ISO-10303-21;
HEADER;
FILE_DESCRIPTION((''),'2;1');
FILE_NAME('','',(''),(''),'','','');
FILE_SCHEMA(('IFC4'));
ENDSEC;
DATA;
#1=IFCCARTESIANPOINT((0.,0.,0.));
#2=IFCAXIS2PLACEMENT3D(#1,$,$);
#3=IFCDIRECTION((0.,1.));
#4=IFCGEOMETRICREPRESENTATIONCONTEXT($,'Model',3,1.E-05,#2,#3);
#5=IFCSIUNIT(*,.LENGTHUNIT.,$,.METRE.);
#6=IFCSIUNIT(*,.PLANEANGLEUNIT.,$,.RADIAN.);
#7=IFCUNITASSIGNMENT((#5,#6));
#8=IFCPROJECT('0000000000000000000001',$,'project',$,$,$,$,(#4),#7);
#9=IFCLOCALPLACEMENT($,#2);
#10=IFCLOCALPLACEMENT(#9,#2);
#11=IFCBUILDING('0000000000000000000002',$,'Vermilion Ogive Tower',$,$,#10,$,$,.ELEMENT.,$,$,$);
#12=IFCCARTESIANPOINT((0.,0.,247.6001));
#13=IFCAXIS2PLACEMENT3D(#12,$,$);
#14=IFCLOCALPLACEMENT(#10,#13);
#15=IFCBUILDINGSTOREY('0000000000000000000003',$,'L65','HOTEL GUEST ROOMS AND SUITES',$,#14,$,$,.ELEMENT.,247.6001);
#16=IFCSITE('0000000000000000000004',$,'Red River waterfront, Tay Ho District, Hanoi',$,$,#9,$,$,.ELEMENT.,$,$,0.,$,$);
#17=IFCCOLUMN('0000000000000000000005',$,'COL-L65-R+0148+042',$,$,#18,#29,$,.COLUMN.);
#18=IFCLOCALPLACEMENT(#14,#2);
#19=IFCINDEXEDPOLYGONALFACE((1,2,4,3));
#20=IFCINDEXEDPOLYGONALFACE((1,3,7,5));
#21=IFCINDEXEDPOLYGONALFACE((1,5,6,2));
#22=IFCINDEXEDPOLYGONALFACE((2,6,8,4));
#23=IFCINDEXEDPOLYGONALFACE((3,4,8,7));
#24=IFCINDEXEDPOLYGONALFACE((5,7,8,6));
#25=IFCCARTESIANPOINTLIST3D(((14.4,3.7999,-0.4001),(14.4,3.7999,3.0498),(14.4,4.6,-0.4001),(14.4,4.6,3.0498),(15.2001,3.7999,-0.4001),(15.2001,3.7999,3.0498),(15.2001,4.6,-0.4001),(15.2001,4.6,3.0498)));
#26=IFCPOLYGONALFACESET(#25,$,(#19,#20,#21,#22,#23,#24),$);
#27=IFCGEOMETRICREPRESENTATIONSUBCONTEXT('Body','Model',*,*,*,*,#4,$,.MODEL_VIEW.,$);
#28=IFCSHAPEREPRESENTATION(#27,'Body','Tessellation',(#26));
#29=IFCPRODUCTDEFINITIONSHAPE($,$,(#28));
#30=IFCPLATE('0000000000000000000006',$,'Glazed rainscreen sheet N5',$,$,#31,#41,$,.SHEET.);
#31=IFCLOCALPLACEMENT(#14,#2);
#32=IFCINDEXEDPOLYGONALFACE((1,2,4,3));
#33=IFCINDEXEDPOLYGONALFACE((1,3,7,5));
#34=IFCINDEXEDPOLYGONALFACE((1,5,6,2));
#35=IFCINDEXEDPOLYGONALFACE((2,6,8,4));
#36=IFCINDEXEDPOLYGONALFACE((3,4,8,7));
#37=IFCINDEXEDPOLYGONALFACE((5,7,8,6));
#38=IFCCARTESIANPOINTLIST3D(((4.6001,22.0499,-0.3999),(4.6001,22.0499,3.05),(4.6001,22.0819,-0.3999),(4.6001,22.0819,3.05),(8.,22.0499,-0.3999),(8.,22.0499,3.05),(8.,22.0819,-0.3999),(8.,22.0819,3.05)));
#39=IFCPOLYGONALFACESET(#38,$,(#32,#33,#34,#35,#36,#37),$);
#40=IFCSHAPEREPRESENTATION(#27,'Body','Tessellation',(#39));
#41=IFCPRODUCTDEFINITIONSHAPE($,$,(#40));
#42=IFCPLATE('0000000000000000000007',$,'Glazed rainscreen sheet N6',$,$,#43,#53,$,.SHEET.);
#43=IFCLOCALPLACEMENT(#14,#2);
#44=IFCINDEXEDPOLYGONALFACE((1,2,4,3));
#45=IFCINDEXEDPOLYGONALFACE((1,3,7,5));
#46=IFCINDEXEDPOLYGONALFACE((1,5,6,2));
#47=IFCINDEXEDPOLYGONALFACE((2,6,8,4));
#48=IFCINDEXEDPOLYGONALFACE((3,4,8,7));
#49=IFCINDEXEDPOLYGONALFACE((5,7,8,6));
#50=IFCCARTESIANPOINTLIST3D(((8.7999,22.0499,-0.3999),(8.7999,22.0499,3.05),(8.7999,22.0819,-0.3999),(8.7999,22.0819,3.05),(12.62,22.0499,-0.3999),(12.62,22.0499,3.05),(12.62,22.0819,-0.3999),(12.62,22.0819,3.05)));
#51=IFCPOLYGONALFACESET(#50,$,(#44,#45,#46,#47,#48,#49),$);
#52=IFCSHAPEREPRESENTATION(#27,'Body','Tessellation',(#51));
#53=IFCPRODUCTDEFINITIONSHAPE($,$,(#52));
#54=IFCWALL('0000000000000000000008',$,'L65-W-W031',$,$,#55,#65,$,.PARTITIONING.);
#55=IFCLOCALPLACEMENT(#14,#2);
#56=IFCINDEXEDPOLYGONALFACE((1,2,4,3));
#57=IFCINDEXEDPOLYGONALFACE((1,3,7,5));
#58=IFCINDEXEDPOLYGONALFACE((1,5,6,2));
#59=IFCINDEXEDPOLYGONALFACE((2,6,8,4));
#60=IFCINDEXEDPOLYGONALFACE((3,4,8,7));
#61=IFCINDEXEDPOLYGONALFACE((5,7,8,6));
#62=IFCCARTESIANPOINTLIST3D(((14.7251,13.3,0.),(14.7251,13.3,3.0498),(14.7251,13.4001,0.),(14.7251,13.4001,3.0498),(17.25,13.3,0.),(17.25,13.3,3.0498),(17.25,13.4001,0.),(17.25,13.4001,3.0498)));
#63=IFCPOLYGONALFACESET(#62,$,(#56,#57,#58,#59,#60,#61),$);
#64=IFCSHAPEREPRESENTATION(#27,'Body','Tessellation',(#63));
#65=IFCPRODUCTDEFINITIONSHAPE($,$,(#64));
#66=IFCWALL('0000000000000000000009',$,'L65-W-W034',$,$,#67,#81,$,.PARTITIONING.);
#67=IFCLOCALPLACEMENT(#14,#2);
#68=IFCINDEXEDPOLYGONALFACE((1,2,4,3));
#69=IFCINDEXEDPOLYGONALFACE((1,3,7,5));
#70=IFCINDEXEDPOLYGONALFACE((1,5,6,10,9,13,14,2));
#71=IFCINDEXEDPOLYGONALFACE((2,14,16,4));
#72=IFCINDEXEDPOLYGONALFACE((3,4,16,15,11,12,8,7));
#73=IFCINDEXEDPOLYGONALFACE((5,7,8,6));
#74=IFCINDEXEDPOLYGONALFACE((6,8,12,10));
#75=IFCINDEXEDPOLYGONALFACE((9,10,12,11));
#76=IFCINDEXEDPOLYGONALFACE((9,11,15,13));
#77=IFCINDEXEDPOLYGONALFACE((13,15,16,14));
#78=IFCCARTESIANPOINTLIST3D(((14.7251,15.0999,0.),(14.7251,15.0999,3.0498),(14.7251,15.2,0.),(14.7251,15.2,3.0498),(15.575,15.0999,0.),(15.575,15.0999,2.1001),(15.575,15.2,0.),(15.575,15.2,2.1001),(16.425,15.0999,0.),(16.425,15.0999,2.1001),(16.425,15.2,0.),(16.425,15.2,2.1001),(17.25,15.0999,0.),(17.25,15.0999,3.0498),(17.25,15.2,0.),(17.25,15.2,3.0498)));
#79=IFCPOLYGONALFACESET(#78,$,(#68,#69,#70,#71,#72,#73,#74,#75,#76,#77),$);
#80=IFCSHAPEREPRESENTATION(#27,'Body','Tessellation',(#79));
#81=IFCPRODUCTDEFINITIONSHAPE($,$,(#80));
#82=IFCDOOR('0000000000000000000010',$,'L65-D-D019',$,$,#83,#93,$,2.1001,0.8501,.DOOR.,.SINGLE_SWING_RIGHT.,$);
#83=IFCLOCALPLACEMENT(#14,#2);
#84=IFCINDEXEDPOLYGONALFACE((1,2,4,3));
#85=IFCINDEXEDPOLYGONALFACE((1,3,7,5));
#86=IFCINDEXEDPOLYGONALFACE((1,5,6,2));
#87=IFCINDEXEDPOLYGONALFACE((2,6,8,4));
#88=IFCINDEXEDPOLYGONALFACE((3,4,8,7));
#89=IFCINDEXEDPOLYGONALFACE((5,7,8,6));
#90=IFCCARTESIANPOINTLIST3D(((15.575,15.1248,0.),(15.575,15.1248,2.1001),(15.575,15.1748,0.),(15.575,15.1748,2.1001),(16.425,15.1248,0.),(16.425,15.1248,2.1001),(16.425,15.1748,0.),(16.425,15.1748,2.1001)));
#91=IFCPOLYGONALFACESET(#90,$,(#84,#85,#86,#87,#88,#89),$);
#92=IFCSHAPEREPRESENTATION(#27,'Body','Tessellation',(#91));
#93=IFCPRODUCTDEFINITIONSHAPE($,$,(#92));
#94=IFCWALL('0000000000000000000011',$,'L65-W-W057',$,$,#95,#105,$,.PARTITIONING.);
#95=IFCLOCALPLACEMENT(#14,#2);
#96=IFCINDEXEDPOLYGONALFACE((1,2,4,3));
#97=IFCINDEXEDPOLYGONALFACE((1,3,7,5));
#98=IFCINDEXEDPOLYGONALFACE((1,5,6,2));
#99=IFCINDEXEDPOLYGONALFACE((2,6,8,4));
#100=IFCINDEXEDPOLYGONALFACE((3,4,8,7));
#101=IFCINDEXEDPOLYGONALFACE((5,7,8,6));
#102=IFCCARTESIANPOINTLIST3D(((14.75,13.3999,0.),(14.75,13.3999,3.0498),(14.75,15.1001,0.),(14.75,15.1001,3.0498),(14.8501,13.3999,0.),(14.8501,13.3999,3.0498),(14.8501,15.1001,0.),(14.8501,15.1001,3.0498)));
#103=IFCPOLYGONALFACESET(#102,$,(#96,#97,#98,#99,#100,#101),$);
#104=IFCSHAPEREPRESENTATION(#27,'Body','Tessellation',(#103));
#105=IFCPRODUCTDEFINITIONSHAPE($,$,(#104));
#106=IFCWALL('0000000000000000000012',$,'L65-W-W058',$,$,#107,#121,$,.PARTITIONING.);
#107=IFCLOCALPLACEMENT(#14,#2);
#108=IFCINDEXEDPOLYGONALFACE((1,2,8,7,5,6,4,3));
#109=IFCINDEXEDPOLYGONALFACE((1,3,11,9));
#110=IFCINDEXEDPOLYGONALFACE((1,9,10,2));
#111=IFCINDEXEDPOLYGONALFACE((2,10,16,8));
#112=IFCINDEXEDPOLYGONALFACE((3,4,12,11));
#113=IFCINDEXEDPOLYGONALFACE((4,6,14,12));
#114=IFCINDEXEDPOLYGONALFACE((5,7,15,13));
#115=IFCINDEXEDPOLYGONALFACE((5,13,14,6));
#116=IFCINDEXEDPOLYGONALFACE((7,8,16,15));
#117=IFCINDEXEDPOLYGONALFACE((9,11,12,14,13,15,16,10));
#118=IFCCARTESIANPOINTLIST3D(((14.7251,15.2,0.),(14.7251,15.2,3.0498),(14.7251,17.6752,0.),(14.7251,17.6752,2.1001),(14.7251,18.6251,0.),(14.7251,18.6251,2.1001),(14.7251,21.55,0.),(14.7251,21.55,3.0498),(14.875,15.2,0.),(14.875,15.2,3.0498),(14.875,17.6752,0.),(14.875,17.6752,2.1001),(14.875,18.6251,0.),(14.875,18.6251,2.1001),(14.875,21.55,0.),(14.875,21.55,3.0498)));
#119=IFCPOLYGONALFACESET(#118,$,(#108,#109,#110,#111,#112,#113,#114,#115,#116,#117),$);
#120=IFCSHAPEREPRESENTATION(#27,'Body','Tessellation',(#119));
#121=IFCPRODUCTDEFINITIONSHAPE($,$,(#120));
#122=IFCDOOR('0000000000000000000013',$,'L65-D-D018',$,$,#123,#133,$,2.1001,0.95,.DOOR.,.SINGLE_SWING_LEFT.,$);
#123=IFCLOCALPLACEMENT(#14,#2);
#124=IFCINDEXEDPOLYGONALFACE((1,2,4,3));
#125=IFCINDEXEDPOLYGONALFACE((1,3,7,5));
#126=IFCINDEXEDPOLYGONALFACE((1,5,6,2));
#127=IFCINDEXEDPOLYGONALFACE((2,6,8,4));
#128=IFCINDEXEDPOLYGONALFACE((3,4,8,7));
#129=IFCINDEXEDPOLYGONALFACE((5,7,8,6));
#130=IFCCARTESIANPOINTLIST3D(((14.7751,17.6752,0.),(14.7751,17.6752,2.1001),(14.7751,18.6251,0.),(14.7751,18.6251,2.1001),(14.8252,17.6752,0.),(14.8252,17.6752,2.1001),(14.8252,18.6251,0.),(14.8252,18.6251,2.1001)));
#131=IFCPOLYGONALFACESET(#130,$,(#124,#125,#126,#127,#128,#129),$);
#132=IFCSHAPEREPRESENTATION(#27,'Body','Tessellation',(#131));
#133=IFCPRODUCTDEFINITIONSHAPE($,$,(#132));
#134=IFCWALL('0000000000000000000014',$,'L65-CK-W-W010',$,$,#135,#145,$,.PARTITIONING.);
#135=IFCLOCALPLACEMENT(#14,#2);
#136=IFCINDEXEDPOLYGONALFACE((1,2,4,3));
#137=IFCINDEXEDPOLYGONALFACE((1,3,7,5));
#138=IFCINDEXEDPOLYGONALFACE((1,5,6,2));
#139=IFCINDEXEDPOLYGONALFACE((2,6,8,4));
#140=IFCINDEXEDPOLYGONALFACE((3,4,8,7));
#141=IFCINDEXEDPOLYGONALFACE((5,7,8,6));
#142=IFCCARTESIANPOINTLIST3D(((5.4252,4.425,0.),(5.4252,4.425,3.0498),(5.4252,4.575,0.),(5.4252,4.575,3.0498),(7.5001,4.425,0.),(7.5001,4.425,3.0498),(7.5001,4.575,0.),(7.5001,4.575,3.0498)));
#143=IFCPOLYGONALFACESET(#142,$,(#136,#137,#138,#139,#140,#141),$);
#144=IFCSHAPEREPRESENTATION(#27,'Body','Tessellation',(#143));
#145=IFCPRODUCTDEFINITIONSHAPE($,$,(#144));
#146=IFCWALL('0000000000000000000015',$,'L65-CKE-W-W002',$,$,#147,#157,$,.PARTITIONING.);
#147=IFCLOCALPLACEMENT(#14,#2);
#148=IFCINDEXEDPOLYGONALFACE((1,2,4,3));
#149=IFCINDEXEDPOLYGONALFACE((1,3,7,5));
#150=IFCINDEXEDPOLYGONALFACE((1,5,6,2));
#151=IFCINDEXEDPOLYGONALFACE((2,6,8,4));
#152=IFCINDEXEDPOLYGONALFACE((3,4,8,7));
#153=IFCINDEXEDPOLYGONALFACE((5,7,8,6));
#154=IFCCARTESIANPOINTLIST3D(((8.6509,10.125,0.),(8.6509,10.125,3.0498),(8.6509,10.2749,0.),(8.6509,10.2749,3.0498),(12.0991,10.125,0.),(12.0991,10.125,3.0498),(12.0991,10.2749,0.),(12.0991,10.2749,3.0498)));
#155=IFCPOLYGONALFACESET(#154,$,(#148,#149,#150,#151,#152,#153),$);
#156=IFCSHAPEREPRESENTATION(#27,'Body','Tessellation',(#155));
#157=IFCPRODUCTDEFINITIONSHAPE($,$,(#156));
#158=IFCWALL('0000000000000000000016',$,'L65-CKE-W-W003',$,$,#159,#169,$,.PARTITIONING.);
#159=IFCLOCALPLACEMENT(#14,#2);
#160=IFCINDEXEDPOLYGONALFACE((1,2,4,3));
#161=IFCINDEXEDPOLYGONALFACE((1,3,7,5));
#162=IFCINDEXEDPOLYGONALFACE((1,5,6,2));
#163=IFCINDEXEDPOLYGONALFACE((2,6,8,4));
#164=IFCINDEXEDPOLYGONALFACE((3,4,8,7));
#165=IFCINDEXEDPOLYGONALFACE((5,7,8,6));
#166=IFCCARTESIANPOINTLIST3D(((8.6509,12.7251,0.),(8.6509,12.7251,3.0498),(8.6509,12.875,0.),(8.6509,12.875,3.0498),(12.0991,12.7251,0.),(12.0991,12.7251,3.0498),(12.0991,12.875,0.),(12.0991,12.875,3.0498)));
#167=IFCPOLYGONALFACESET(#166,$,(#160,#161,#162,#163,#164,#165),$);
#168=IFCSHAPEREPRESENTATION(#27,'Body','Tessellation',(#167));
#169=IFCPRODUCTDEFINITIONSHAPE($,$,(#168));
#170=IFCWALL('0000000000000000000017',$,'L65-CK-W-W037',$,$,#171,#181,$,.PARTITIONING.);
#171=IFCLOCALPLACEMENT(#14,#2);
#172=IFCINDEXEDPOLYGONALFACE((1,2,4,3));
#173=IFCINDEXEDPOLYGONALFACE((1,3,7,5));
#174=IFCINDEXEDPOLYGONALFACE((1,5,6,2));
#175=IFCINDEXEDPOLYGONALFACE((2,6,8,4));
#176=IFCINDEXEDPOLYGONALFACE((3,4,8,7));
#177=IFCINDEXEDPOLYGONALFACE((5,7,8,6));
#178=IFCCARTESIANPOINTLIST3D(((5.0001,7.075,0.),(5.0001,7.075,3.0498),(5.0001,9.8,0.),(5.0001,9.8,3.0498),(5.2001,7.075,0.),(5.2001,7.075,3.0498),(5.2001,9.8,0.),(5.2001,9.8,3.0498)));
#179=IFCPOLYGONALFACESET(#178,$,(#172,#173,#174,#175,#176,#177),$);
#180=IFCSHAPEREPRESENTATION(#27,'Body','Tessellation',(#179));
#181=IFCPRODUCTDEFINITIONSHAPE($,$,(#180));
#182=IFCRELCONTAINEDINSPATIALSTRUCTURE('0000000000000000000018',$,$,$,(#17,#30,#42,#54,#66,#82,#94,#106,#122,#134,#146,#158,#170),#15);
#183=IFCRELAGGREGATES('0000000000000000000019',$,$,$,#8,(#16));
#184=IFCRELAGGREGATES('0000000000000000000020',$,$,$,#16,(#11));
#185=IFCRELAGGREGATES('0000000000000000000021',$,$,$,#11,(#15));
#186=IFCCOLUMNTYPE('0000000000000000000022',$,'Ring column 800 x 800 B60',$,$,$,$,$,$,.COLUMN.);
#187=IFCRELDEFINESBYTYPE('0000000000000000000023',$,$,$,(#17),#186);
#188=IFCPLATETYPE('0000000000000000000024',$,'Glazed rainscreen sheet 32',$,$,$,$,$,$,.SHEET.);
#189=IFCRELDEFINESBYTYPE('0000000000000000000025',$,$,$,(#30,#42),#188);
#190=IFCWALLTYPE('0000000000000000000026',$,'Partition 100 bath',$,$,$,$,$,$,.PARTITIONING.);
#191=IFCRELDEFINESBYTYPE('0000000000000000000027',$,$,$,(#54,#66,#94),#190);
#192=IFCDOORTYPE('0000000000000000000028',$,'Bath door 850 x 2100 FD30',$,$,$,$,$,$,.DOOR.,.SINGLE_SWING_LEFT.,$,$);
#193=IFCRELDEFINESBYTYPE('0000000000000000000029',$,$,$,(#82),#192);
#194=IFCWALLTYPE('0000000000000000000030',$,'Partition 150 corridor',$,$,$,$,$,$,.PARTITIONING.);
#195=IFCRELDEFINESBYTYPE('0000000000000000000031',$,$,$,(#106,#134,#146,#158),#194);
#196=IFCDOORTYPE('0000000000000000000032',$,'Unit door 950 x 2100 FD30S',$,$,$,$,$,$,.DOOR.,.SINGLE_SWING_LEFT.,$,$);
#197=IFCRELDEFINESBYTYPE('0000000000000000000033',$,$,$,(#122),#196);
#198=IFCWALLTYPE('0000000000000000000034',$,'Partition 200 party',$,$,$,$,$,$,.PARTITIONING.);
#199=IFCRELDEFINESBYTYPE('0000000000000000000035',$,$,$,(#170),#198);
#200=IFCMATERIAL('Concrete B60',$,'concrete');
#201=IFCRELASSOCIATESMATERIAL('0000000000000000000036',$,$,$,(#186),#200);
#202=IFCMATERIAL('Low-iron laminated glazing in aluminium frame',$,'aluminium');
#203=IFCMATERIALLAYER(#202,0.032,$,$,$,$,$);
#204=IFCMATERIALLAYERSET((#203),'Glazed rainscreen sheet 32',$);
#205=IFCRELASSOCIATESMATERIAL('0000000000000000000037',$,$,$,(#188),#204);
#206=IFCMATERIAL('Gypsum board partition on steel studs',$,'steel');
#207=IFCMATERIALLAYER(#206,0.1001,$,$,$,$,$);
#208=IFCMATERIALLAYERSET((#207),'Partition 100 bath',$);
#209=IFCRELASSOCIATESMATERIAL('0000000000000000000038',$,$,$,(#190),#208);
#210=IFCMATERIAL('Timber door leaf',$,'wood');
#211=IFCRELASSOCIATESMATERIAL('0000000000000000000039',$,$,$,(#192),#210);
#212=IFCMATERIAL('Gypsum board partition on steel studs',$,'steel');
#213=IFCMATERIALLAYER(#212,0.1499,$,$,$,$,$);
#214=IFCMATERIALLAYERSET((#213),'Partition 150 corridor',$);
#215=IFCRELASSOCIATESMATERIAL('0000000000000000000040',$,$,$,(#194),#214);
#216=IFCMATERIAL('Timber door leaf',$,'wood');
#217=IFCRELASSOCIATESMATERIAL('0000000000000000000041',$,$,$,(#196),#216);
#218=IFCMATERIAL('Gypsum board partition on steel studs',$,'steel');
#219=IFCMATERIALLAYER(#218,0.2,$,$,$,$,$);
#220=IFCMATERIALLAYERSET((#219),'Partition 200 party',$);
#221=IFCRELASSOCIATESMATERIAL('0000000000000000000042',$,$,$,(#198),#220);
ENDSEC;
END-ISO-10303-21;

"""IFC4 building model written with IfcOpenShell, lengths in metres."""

from ifc_helpers import new_model, si_unit, direction, frame, frame_2d, origin, origin_2d, place, context, subcontext, project, spatial, rectangle, extrude, material, layer, layer_set, material_profile, profile_set, type_object, element, fill, save


model = new_model("IFC4")

# Units and contexts
model_context = context("Model", 3, precision=1e-05, world=origin(), true_north=direction((0.0, 1.0)))
body_context = subcontext(model_context, "Body", "Model", "MODEL_VIEW")
ifc_project = project(units=[si_unit("LENGTHUNIT", "METRE"), si_unit("PLANEANGLEUNIT", "RADIAN")], contexts=[model_context])

# Site, building, storey
site_placement = place(None, origin())
site = spatial("IfcSite", under=ifc_project, at=site_placement, Name="Red River waterfront, Tay Ho District, Hanoi", CompositionType="ELEMENT", RefElevation=0.0)
building_placement = place(site_placement, origin())
building = spatial("IfcBuilding", under=site, at=building_placement, Name="Vermilion Ogive Tower", CompositionType="ELEMENT")
storey_placement = place(building_placement, frame((0.0, 0.0, 247.6001)))
storey = spatial("IfcBuildingStorey", under=building, at=storey_placement, Name="L65", Description="HOTEL GUEST ROOMS AND SUITES", CompositionType="ELEMENT", Elevation=247.6001)

# Column
ifc_material_1 = material(Name="Concrete B60", Category="concrete")
ifc_material_profile = material_profile(ifc_material_1, rectangle(XDim=0.8, YDim=0.8, at=origin_2d()), Name="800 x 800")
ifc_profile_set = profile_set([ifc_material_profile], Name="Concrete B60")
column_type = type_object("IfcColumnType", Name="Ring column 800 x 800 B60", PredefinedType="COLUMN", material=ifc_profile_set)
column_placement = place(storey_placement, frame((14.8, 4.2, -0.4001), z_axis=(0.0, 0.0, 1.0), x_axis=(1.0, 0.0, 0.0)))
element("IfcColumn", 1, at=column_placement, inside=storey, type_object=column_type, Name="COL-L65-R+0148+042", PredefinedType="COLUMN", context=body_context, shape_type="SweptSolid", body=[
    extrude(rectangle(XDim=0.8, YDim=0.8, at=origin_2d()), origin(), (0.0, 0.0, 1.0), 3.45),
])

# Plates
ifc_material_2 = material(Name="Low-iron laminated glazing in aluminium frame", Category="aluminium")
ifc_layer_1 = layer(ifc_material_2, 0.032)
ifc_layer_set_1 = layer_set([ifc_layer_1], Name="Glazed rainscreen sheet 32")
plate_type = type_object("IfcPlateType", Name="Glazed rainscreen sheet 32", PredefinedType="SHEET", material=ifc_layer_set_1)
plate_1_placement = place(storey_placement, frame((6.3, 22.0659, -0.3999), z_axis=(0.0, 0.0, 1.0), x_axis=(1.0, 0.0, 0.0)))
element("IfcPlate", 2, at=plate_1_placement, inside=storey, type_object=plate_type, Name="Glazed rainscreen sheet N5", PredefinedType="SHEET", context=body_context, shape_type="SweptSolid", body=[
    extrude(rectangle(XDim=3.3999, YDim=0.032, at=origin_2d()), origin(), (0.0, 0.0, 1.0), 3.45),
])
plate_2_placement = place(storey_placement, frame((10.71, 22.0659, -0.3999), z_axis=(0.0, 0.0, 1.0), x_axis=(1.0, 0.0, 0.0)))
element("IfcPlate", 3, at=plate_2_placement, inside=storey, type_object=plate_type, Name="Glazed rainscreen sheet N6", PredefinedType="SHEET", context=body_context, shape_type="SweptSolid", body=[
    extrude(rectangle(XDim=3.8201, YDim=0.032, at=origin_2d()), origin(), (0.0, 0.0, 1.0), 3.45),
])

# Wall
ifc_material_3 = material(Name="Gypsum board partition on steel studs", Category="steel")
ifc_layer_2 = layer(ifc_material_3, 0.1001)
ifc_layer_set_2 = layer_set([ifc_layer_2], Name="Partition 100 bath")
wall_type_1 = type_object("IfcWallType", Name="Partition 100 bath", PredefinedType="PARTITIONING", material=ifc_layer_set_2)
wall_1_placement = place(storey_placement, frame((14.7251, 13.3501, 0.0), z_axis=(0.0, 0.0, 1.0), x_axis=(1.0, 0.0, 0.0)))
element("IfcWall", 4, at=wall_1_placement, inside=storey, type_object=wall_type_1, Name="L65-W-W031", PredefinedType="PARTITIONING", context=body_context, shape_type="SweptSolid", body=[
    extrude(rectangle(XDim=2.5249, YDim=0.1001, at=frame_2d((1.2625, 0.0))), origin(), (0.0, 0.0, 1.0), 3.0498),
])

# Wall, opening, door
wall_2_placement = place(storey_placement, frame((14.7251, 15.1499, 0.0), z_axis=(0.0, 0.0, 1.0), x_axis=(1.0, 0.0, 0.0)))
wall_2 = element("IfcWall", 5, at=wall_2_placement, inside=storey, type_object=wall_type_1, Name="L65-W-W034", PredefinedType="PARTITIONING", context=body_context, shape_type="SweptSolid", body=[
    extrude(rectangle(XDim=2.5249, YDim=0.1001, at=frame_2d((1.2625, 0.0))), origin(), (0.0, 0.0, 1.0), 3.0498),
])
opening_1_placement = place(wall_2_placement, frame((0.8499, 0.0, 0.0)))
opening_1 = element("IfcOpeningElement", 6, at=opening_1_placement, cuts=wall_2, PredefinedType="OPENING", context=body_context, shape_type="SweptSolid", body=[
    extrude(rectangle(XDim=0.8501, YDim=2.1001, at=frame_2d((0.425, 1.05))), frame((0.0, 0.0601, 0.0), z_axis=(0.0, -1.0, 0.0), x_axis=(1.0, 0.0, 0.0)), (0.0, 0.0, 1.0), 0.1201),
])
ifc_material_4 = material(Name="Timber door leaf", Category="wood")
door_type_1 = type_object("IfcDoorType", Name="Bath door 850 x 2100 FD30", OperationType="SINGLE_SWING_LEFT", PredefinedType="DOOR", material=ifc_material_4)
door_1_placement = place(opening_1_placement, origin())
door_1 = element("IfcDoor", 7, at=door_1_placement, inside=storey, type_object=door_type_1, Name="L65-D-D019", OperationType="SINGLE_SWING_RIGHT", OverallHeight=2.1001, OverallWidth=0.8501, PredefinedType="DOOR", context=body_context, shape_type="SweptSolid", body=[
    extrude(rectangle(XDim=0.8501, YDim=2.1001, at=frame_2d((0.425, 1.05))), frame((0.0, 0.0249, 0.0), z_axis=(0.0, -1.0, 0.0), x_axis=(1.0, 0.0, 0.0)), (0.0, 0.0, 1.0), 0.05),
])
fill(opening_1, door_1)

# Wall
wall_3_placement = place(storey_placement, frame((14.8, 13.3999, 0.0), z_axis=(0.0, 0.0, 1.0), x_axis=(0.0, 1.0, 0.0)))
element("IfcWall", 8, at=wall_3_placement, inside=storey, type_object=wall_type_1, Name="L65-W-W057", PredefinedType="PARTITIONING", context=body_context, shape_type="SweptSolid", body=[
    extrude(rectangle(XDim=1.7002, YDim=0.1001, at=frame_2d((0.8501, 0.0))), origin(), (0.0, 0.0, 1.0), 3.0498),
])

# Wall, opening, door
ifc_material_5 = material(Name="Gypsum board partition on steel studs", Category="steel")
ifc_layer_3 = layer(ifc_material_5, 0.1499)
ifc_layer_set_3 = layer_set([ifc_layer_3], Name="Partition 150 corridor")
wall_type_2 = type_object("IfcWallType", Name="Partition 150 corridor", PredefinedType="PARTITIONING", material=ifc_layer_set_3)
wall_4_placement = place(storey_placement, frame((14.8, 15.2, 0.0), z_axis=(0.0, 0.0, 1.0), x_axis=(0.0, 1.0, 0.0)))
wall_4 = element("IfcWall", 9, at=wall_4_placement, inside=storey, type_object=wall_type_2, Name="L65-W-W058", PredefinedType="PARTITIONING", context=body_context, shape_type="SweptSolid", body=[
    extrude(rectangle(XDim=6.3501, YDim=0.1499, at=frame_2d((3.175, 0.0))), origin(), (0.0, 0.0, 1.0), 3.0498),
])
opening_2_placement = place(wall_4_placement, frame((2.4751, 0.0, 0.0)))
opening_2 = element("IfcOpeningElement", 10, at=opening_2_placement, cuts=wall_4, PredefinedType="OPENING", context=body_context, shape_type="SweptSolid", body=[
    extrude(rectangle(XDim=0.95, YDim=2.1001, at=frame_2d((0.4751, 1.05))), frame((0.0, 0.085, 0.0), z_axis=(0.0, -1.0, 0.0), x_axis=(1.0, 0.0, 0.0)), (0.0, 0.0, 1.0), 0.1699),
])
ifc_material_6 = material(Name="Timber door leaf", Category="wood")
door_type_2 = type_object("IfcDoorType", Name="Unit door 950 x 2100 FD30S", OperationType="SINGLE_SWING_LEFT", PredefinedType="DOOR", material=ifc_material_6)
door_2_placement = place(opening_2_placement, origin())
door_2 = element("IfcDoor", 11, at=door_2_placement, inside=storey, type_object=door_type_2, Name="L65-D-D018", OperationType="SINGLE_SWING_LEFT", OverallHeight=2.1001, OverallWidth=0.95, PredefinedType="DOOR", context=body_context, shape_type="SweptSolid", body=[
    extrude(rectangle(XDim=0.95, YDim=2.1001, at=frame_2d((0.4751, 1.05))), frame((0.0, 0.0249, 0.0), z_axis=(0.0, -1.0, 0.0), x_axis=(1.0, 0.0, 0.0)), (0.0, 0.0, 1.0), 0.05),
])
fill(opening_2, door_2)

# Walls
wall_5_placement = place(storey_placement, frame((5.425, 4.5, 0.0), z_axis=(0.0, 0.0, 1.0), x_axis=(1.0, 0.0, 0.0)))
element("IfcWall", 12, at=wall_5_placement, inside=storey, type_object=wall_type_2, Name="L65-CK-W-W010", PredefinedType="PARTITIONING", context=body_context, shape_type="SweptSolid", body=[
    extrude(rectangle(XDim=2.075, YDim=0.1499, at=frame_2d((1.0376, 0.0))), origin(), (0.0, 0.0, 1.0), 3.0498),
])
for number, where, z_axis, x_axis, name in (
    (13, (8.6509, 10.2, 0.0), (0.0, 0.0, 1.0), (1.0, 0.0, 0.0), "L65-CKE-W-W002"),
    (14, (8.6509, 12.8, 0.0), (0.0, 0.0, 1.0), (1.0, 0.0, 0.0), "L65-CKE-W-W003"),
):
    element("IfcWall", number, at=place(storey_placement, frame(where, z_axis=z_axis, x_axis=x_axis)), inside=storey, type_object=wall_type_2, Name=name, PredefinedType="PARTITIONING", context=body_context, shape_type="SweptSolid", body=[
        extrude(rectangle(XDim=3.4482, YDim=0.1499, at=frame_2d((1.7241, 0.0))), origin(), (0.0, 0.0, 1.0), 3.0498),
    ])
ifc_material_7 = material(Name="Gypsum board partition on steel studs", Category="steel")
ifc_layer_4 = layer(ifc_material_7, 0.2)
ifc_layer_set_4 = layer_set([ifc_layer_4], Name="Partition 200 party")
wall_type_3 = type_object("IfcWallType", Name="Partition 200 party", PredefinedType="PARTITIONING", material=ifc_layer_set_4)
wall_6_placement = place(storey_placement, frame((5.1001, 7.075, 0.0), z_axis=(0.0, 0.0, 1.0), x_axis=(0.0, 1.0, 0.0)))
element("IfcWall", 15, at=wall_6_placement, inside=storey, type_object=wall_type_3, Name="L65-CK-W-W037", PredefinedType="PARTITIONING", context=body_context, shape_type="SweptSolid", body=[
    extrude(rectangle(XDim=2.7251, YDim=0.2, at=frame_2d((1.3625, 0.0))), origin(), (0.0, 0.0, 1.0), 3.0498),
])

save(model, "model.ifc")
